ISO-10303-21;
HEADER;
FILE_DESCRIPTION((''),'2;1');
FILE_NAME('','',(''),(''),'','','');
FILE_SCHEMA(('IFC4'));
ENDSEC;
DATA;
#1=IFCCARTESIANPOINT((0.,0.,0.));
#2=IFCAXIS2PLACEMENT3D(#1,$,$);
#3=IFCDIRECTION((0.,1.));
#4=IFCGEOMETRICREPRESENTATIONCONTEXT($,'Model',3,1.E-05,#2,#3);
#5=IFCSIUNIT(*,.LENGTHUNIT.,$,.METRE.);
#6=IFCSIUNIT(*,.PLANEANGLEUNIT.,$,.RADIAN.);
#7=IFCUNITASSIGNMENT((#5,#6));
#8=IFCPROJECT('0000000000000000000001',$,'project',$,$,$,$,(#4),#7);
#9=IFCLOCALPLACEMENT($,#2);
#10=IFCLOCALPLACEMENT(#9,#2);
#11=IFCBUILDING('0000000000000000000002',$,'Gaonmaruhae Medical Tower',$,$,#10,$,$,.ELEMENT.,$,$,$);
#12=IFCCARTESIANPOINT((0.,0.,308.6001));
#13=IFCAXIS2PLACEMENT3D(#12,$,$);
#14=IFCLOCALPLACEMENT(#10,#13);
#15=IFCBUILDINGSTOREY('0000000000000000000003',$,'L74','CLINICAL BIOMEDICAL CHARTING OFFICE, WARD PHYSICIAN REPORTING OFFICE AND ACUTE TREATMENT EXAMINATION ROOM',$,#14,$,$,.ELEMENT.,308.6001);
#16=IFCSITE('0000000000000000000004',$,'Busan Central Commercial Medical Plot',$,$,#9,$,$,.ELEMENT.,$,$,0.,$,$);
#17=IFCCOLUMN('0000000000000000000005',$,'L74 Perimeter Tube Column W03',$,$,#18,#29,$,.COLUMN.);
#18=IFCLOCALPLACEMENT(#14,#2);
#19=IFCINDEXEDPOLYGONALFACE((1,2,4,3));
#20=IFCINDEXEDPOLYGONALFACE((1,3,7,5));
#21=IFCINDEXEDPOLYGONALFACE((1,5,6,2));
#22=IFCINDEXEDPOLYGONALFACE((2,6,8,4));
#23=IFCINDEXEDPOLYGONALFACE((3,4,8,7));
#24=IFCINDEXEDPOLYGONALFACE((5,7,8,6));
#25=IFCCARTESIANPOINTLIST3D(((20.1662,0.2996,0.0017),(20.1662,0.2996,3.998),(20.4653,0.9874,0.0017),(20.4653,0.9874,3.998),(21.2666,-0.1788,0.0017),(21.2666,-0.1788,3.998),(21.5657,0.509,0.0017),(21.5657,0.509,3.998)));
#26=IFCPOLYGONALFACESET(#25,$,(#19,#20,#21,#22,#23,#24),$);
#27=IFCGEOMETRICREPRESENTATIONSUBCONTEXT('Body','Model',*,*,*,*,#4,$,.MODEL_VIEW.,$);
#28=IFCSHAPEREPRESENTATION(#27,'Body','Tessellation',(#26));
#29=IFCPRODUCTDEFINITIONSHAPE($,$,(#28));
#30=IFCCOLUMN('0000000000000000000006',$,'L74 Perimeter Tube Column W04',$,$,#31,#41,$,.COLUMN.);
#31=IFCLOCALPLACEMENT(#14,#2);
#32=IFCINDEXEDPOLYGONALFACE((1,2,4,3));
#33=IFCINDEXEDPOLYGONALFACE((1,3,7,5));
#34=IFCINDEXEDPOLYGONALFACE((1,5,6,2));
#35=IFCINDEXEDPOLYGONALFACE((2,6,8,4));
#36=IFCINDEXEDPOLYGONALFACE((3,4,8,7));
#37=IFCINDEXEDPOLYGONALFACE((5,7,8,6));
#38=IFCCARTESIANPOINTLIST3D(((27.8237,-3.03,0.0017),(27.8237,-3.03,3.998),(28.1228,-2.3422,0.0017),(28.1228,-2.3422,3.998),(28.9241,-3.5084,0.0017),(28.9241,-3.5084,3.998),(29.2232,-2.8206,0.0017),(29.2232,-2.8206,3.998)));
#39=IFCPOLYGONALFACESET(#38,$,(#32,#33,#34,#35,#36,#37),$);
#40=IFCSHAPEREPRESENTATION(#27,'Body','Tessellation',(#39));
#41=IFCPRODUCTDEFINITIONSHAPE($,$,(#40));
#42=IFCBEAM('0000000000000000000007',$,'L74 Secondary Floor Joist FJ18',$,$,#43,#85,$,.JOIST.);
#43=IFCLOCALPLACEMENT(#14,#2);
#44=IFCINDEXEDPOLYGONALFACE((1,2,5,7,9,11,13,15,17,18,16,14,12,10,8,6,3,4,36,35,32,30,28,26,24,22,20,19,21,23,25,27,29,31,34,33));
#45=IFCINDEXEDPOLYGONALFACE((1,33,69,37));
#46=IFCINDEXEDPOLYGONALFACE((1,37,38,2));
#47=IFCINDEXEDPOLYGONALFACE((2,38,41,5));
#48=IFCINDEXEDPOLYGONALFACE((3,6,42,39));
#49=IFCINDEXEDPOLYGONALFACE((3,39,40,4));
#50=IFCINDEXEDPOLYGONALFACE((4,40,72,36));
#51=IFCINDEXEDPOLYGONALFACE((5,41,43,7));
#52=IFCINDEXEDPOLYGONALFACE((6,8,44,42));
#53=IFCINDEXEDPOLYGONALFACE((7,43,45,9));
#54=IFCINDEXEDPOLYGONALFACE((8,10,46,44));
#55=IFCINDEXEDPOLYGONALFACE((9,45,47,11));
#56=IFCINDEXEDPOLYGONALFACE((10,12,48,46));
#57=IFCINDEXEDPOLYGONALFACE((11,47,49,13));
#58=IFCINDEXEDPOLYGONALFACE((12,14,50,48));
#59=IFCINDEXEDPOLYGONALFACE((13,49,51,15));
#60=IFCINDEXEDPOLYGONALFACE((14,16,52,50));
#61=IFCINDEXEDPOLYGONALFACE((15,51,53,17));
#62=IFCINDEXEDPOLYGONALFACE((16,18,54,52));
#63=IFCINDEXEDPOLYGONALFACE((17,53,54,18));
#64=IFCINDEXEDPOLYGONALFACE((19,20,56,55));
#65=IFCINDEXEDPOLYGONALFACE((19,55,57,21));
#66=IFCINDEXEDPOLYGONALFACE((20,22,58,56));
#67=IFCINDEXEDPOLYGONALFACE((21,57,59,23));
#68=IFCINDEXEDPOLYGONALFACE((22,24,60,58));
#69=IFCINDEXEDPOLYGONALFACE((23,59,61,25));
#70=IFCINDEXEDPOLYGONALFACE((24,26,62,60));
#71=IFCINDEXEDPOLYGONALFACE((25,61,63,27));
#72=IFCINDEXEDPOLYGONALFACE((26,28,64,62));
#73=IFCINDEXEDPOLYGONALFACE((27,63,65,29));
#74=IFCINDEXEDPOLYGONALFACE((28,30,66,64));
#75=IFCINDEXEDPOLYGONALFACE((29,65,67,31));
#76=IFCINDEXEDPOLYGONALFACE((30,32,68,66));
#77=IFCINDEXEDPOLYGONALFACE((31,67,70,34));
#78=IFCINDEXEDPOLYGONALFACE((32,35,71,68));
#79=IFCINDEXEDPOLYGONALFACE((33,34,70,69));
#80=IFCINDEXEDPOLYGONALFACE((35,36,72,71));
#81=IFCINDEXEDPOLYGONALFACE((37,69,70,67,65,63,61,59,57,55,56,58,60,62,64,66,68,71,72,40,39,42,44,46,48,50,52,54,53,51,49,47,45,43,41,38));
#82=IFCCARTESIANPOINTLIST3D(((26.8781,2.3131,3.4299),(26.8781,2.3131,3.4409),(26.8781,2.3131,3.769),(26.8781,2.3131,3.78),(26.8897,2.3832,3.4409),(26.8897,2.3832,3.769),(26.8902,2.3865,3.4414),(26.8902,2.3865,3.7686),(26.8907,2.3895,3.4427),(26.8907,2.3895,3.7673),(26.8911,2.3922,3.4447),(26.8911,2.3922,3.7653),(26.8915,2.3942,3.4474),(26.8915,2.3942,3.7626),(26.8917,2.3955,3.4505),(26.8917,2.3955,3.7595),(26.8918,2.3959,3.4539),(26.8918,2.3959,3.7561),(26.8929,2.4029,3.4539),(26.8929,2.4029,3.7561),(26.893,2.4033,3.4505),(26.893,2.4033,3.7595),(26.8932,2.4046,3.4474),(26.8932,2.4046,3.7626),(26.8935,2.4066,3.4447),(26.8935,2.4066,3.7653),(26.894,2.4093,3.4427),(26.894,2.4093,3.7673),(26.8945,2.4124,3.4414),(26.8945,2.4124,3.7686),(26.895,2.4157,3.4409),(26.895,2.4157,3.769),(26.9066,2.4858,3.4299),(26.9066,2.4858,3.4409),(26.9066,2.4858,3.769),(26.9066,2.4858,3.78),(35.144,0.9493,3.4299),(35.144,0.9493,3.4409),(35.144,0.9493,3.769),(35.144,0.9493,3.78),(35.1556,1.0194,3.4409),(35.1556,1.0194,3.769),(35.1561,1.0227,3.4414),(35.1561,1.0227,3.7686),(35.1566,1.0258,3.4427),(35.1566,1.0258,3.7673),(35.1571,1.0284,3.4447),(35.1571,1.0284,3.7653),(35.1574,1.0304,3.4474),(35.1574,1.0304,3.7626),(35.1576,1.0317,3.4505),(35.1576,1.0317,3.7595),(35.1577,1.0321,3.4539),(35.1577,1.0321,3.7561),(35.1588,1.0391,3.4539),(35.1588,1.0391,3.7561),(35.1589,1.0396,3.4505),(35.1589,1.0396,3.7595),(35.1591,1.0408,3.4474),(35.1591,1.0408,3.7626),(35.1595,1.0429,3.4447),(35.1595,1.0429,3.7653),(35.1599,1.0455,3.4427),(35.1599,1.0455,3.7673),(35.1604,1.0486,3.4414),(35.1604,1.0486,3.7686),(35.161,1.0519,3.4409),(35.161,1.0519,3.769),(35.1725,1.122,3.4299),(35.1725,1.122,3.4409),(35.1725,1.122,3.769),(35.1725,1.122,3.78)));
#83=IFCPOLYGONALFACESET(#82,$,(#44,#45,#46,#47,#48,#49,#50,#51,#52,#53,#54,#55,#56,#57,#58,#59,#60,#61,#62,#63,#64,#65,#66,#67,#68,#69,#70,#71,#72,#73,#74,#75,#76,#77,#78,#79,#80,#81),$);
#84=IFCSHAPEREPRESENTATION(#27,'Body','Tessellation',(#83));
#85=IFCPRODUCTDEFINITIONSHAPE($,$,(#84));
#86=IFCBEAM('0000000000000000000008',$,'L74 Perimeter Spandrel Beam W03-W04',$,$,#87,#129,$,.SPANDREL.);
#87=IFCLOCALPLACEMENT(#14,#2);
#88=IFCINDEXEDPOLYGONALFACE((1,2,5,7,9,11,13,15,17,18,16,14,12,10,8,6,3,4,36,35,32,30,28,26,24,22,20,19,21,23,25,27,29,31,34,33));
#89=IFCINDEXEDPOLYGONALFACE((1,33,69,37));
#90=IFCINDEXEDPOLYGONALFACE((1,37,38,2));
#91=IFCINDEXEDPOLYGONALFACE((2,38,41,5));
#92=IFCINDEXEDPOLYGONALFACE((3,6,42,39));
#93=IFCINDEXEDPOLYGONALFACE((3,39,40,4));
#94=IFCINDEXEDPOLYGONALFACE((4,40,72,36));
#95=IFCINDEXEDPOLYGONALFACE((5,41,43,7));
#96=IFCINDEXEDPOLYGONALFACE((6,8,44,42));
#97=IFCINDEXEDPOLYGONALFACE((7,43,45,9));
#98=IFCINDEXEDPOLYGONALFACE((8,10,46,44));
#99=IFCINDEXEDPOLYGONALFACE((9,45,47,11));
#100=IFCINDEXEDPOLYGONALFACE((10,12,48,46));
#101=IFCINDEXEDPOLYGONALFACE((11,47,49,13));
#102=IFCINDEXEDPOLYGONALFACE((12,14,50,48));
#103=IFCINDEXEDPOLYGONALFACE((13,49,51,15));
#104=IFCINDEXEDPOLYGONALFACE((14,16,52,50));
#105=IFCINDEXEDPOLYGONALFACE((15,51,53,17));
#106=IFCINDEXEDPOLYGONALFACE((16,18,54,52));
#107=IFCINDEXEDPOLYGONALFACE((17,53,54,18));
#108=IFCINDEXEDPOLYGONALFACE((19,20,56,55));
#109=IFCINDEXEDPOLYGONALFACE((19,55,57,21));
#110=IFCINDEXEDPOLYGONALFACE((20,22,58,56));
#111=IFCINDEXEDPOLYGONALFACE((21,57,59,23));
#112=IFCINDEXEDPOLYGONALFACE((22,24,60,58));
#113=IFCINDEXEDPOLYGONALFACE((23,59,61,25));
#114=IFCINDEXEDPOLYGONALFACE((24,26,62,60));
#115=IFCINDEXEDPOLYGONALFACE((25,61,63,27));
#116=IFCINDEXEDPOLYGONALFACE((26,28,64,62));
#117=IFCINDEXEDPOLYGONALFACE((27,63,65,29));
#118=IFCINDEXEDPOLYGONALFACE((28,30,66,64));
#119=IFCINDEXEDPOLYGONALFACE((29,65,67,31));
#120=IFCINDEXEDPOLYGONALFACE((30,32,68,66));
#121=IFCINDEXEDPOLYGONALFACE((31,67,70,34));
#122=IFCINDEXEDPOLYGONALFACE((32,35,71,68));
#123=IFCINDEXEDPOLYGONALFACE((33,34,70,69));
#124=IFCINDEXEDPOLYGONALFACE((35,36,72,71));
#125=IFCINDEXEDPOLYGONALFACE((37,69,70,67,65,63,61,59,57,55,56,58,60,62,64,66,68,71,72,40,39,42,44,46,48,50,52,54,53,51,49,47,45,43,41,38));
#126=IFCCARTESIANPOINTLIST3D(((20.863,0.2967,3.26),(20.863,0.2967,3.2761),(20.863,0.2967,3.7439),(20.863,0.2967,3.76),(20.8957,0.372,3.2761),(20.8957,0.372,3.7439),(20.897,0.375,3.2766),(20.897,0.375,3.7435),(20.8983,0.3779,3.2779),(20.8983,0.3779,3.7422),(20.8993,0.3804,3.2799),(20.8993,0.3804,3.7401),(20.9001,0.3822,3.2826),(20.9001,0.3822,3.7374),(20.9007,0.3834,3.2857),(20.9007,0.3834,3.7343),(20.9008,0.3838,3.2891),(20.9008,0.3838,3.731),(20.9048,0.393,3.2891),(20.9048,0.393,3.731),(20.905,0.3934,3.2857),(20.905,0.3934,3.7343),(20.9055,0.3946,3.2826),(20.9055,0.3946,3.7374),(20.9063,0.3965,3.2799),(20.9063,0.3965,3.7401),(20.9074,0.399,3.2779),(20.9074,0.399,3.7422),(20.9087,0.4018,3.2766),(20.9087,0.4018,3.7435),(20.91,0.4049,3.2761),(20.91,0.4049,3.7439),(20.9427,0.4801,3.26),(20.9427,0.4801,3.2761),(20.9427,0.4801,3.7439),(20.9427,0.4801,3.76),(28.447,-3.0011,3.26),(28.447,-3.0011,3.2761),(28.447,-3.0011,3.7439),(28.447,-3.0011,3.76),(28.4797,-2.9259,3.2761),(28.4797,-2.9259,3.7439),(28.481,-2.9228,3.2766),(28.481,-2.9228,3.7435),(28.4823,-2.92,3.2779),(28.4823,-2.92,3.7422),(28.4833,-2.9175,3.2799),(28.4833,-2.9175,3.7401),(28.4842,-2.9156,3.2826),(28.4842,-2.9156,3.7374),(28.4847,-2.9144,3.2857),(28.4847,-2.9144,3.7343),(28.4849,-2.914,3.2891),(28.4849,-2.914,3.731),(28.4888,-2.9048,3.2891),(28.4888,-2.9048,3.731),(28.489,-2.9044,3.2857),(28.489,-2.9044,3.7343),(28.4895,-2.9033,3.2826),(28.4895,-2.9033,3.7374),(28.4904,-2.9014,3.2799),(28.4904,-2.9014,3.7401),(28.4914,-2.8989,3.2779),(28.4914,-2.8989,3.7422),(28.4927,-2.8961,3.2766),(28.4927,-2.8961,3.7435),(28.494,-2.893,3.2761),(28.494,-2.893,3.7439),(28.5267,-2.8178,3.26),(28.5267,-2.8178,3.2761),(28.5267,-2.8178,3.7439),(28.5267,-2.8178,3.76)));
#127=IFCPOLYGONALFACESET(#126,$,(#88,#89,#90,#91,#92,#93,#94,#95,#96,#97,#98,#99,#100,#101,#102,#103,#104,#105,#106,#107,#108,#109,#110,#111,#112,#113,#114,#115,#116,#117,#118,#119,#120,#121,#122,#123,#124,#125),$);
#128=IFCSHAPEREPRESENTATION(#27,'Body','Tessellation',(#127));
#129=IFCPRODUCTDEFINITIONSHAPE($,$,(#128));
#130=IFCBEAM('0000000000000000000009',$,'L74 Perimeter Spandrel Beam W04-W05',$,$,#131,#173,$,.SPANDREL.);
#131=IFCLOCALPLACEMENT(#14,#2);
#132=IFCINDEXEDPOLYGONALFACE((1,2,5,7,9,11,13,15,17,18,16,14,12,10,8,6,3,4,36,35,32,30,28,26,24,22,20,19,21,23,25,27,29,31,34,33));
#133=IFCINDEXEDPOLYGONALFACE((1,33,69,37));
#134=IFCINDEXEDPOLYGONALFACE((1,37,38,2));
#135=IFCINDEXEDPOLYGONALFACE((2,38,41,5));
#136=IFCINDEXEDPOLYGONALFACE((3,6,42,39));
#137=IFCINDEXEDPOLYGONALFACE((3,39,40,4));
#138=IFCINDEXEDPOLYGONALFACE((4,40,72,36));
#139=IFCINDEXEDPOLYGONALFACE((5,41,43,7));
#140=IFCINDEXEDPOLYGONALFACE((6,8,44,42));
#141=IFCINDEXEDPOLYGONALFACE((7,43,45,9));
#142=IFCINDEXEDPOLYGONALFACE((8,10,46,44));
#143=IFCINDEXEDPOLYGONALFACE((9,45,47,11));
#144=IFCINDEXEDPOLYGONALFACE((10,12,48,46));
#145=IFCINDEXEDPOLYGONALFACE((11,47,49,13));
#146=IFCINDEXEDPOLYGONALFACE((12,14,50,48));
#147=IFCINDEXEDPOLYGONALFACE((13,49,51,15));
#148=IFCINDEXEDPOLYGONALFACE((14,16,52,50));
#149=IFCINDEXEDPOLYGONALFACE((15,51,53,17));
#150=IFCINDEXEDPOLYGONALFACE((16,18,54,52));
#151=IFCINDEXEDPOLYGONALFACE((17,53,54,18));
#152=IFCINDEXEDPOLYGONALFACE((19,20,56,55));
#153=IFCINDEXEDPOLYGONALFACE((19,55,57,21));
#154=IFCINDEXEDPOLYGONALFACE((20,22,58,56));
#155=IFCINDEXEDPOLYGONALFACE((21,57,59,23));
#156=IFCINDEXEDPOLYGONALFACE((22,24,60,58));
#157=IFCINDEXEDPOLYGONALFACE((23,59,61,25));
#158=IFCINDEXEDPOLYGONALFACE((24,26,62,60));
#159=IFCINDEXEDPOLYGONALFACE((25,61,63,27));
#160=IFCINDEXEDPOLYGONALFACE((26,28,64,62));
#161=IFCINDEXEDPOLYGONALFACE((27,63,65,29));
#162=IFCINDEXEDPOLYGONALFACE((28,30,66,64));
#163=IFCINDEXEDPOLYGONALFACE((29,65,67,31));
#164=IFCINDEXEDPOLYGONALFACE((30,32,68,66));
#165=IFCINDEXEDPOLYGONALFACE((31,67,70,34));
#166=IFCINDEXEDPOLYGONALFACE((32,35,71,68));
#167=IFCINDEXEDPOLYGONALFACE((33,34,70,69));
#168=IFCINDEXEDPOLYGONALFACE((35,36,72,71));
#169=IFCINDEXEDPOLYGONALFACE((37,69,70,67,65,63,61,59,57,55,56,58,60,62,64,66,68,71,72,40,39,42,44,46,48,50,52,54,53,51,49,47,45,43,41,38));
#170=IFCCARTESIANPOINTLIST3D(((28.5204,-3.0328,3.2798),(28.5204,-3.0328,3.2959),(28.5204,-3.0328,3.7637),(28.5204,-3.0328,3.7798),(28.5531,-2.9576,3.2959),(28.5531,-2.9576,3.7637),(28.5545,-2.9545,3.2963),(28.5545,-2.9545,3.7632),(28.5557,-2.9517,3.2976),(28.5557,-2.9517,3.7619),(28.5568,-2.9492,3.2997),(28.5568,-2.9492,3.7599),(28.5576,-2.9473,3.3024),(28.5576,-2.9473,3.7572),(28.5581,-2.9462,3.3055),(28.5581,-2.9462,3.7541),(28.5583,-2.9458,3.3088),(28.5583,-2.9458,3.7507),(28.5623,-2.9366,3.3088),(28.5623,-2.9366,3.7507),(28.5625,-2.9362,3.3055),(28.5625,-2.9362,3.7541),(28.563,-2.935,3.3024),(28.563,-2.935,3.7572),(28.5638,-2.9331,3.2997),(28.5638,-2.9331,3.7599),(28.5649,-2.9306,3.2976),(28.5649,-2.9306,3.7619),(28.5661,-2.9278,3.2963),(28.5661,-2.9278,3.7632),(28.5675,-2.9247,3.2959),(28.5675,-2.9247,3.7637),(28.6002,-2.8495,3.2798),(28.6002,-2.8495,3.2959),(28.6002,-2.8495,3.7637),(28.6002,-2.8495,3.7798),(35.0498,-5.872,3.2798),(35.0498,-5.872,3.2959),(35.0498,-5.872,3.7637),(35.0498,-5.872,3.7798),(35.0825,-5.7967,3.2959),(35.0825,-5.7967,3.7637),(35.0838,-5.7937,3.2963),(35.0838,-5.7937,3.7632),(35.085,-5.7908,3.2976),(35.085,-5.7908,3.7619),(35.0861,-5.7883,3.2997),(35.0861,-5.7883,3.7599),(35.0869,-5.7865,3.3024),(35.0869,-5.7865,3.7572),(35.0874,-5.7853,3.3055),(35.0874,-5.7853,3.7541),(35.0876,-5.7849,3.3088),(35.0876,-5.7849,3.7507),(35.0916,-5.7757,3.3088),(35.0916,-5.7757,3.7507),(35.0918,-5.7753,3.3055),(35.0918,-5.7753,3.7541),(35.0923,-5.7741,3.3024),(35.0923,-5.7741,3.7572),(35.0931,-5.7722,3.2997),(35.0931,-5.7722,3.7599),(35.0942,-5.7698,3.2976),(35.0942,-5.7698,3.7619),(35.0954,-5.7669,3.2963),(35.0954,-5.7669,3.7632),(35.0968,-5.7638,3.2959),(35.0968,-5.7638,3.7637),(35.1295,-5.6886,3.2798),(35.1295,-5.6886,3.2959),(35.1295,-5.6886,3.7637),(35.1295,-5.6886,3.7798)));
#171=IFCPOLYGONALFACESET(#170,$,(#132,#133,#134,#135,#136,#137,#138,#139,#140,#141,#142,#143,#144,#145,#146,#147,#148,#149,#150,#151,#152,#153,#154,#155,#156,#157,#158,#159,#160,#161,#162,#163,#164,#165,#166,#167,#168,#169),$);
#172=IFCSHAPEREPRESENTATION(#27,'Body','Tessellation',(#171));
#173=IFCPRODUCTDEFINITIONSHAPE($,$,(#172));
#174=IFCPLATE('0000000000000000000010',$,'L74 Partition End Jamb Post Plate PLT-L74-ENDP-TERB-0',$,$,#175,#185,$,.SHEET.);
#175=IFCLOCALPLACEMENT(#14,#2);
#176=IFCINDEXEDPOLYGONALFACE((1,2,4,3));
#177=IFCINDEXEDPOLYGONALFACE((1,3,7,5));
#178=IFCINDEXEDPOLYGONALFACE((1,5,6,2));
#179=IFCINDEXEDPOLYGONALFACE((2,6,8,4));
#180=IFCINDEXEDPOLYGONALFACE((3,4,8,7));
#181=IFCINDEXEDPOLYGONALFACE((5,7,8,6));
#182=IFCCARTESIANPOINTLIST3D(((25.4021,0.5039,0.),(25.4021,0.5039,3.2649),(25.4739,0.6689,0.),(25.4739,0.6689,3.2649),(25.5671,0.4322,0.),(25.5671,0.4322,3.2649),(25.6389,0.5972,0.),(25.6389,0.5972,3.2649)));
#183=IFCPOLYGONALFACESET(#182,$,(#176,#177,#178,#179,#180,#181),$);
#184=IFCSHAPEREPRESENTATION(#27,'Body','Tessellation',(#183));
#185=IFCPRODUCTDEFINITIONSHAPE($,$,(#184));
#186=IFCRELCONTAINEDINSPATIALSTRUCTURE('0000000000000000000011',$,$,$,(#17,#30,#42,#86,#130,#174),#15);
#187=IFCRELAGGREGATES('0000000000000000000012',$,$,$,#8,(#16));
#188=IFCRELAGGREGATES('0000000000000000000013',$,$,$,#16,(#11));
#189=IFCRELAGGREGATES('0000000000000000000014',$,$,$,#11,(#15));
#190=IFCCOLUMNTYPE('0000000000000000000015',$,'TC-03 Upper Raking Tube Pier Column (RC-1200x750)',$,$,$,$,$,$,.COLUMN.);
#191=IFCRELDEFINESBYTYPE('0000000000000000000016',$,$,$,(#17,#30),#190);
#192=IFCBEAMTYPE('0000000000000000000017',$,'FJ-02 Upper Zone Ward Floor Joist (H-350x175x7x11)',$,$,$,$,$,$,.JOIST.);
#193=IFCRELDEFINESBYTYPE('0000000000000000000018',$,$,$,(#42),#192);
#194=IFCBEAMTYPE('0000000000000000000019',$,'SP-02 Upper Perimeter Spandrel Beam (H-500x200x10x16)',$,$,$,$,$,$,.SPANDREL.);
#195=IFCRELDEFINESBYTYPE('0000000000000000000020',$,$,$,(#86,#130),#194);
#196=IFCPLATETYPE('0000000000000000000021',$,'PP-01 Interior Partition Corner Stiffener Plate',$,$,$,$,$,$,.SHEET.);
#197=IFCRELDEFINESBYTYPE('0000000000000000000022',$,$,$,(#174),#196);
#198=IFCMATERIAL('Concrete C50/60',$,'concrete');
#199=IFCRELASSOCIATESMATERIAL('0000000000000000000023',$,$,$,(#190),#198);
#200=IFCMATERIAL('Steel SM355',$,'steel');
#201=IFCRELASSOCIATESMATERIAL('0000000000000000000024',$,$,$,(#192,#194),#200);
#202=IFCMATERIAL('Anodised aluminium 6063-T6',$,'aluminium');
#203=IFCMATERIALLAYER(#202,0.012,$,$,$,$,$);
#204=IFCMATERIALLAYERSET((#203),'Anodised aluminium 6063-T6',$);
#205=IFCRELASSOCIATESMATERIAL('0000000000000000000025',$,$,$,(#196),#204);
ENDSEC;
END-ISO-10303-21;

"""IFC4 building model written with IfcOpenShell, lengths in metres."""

from ifc_helpers import new_model, si_unit, direction, frame, origin, origin_2d, place, context, subcontext, project, spatial, rectangle, i_section, extrude, material, layer, layer_set, material_profile, profile_set, type_object, element, save


model = new_model("IFC4")

# Units and contexts
model_context = context("Model", 3, precision=1e-05, world=origin(), true_north=direction((0.0, 1.0)))
body_context = subcontext(model_context, "Body", "Model", "MODEL_VIEW")
ifc_project = project(units=[si_unit("LENGTHUNIT", "METRE"), si_unit("PLANEANGLEUNIT", "RADIAN")], contexts=[model_context])

# Site, building, storey
site_placement = place(None, origin())
site = spatial("IfcSite", under=ifc_project, at=site_placement, Name="Busan Central Commercial Medical Plot", CompositionType="ELEMENT", RefElevation=0.0)
building_placement = place(site_placement, origin())
building = spatial("IfcBuilding", under=site, at=building_placement, Name="Gaonmaruhae Medical Tower", CompositionType="ELEMENT")
storey_placement = place(building_placement, frame((0.0, 0.0, 308.6001)))
storey = spatial("IfcBuildingStorey", under=building, at=storey_placement, Name="L74", Description="CLINICAL BIOMEDICAL CHARTING OFFICE, WARD PHYSICIAN REPORTING OFFICE AND ACUTE TREATMENT EXAMINATION ROOM", CompositionType="ELEMENT", Elevation=308.6001)

# Columns
ifc_material_1 = material(Name="Concrete C50/60", Category="concrete")
ifc_material_profile_1 = material_profile(ifc_material_1, rectangle(XDim=1.2, YDim=0.75, at=origin_2d()), Name="RC-1200x750")
ifc_profile_set_1 = profile_set([ifc_material_profile_1], Name="Concrete C50/60")
column_type = type_object("IfcColumnType", Name="TC-03 Upper Raking Tube Pier Column (RC-1200x750)", PredefinedType="COLUMN", material=ifc_profile_set_1)
for number, where, z_axis, x_axis, name in (
    (1, (20.866, 0.4043, 0.0017), (0.0, 0.0, 1.0), (-0.91706, 0.398749, 0.0), "L74 Perimeter Tube Column W03"),
    (2, (28.5234, -2.9253, 0.0017), (0.0, 0.0, 1.0), (-0.91706, 0.398749, 0.0), "L74 Perimeter Tube Column W04"),
):
    element("IfcColumn", number, at=place(storey_placement, frame(where, z_axis=z_axis, x_axis=x_axis)), inside=storey, type_object=column_type, Name=name, PredefinedType="COLUMN", context=body_context, shape_type="SweptSolid", body=[
        extrude(rectangle(XDim=1.2, YDim=0.75, at=origin_2d()), origin(), (0.0, 0.0, 1.0), 3.9963),
    ])

# Beams
ifc_material_2 = material(Name="Steel SM355", Category="steel")
ifc_material_profile_2 = material_profile(ifc_material_2, i_section(OverallWidth=0.175, OverallDepth=0.3501, WebThickness=0.0071, FlangeThickness=0.011, FilletRadius=0.0129, at=origin_2d()), Name="H-350x175x7x11")
ifc_profile_set_2 = profile_set([ifc_material_profile_2], Name="Steel SM355")
beam_type_1 = type_object("IfcBeamType", Name="FJ-02 Upper Zone Ward Floor Joist (H-350x175x7x11)", PredefinedType="JOIST", material=ifc_profile_set_2)
beam_1_placement = place(storey_placement, frame((26.8923, 2.3994, 3.605), z_axis=(0.986661, -0.162787, 0.0), x_axis=(0.162787, 0.986661, 0.0)))
element("IfcBeam", 3, at=beam_1_placement, inside=storey, type_object=beam_type_1, Name="L74 Secondary Floor Joist FJ18", PredefinedType="JOIST", context=body_context, shape_type="SweptSolid", body=[
    extrude(i_section(OverallWidth=0.175, OverallDepth=0.3501, WebThickness=0.0071, FlangeThickness=0.011, FilletRadius=0.0129, at=origin_2d()), origin(), (0.0, 0.0, 1.0), 8.3777),
])
ifc_material_profile_3 = material_profile(ifc_material_2, i_section(OverallWidth=0.2, OverallDepth=0.5, WebThickness=0.01, FlangeThickness=0.0161, FilletRadius=0.0129, at=origin_2d()), Name="H-500x200x10x16")
ifc_profile_set_3 = profile_set([ifc_material_profile_3], Name="Steel SM355")
beam_type_2 = type_object("IfcBeamType", Name="SP-02 Upper Perimeter Spandrel Beam (H-500x200x10x16)", PredefinedType="SPANDREL", material=ifc_profile_set_3)
beam_2_placement = place(storey_placement, frame((20.9028, 0.3884, 3.51), z_axis=(0.917049, -0.398774, 0.0), x_axis=(0.398774, 0.917049, 0.0)))
element("IfcBeam", 4, at=beam_2_placement, inside=storey, type_object=beam_type_2, Name="L74 Perimeter Spandrel Beam W03-W04", PredefinedType="SPANDREL", context=body_context, shape_type="SweptSolid", body=[
    extrude(i_section(OverallWidth=0.2, OverallDepth=0.5, WebThickness=0.01, FlangeThickness=0.0161, FilletRadius=0.0129, at=origin_2d()), origin(), (0.0, 0.0, 1.0), 8.27),
])
beam_3_placement = place(storey_placement, frame((28.5603, -2.9412, 3.5298), z_axis=(0.917055, -0.39876, 0.0), x_axis=(0.39876, 0.917055, 0.0)))
element("IfcBeam", 5, at=beam_3_placement, inside=storey, type_object=beam_type_2, Name="L74 Perimeter Spandrel Beam W04-W05", PredefinedType="SPANDREL", context=body_context, shape_type="SweptSolid", body=[
    extrude(i_section(OverallWidth=0.2, OverallDepth=0.5, WebThickness=0.01, FlangeThickness=0.0161, FilletRadius=0.0129, at=origin_2d()), origin(), (0.0, 0.0, 1.0), 7.1199),
])

# Plate
ifc_material_3 = material(Name="Anodised aluminium 6063-T6", Category="aluminium")
ifc_layer_1 = layer(ifc_material_3, 0.012)
ifc_layer_set_1 = layer_set([ifc_layer_1], Name="Anodised aluminium 6063-T6")
plate_type = type_object("IfcPlateType", Name="PP-01 Interior Partition Corner Stiffener Plate", PredefinedType="SHEET", material=ifc_layer_set_1)
plate_1_placement = place(storey_placement, frame((25.5205, 0.5505, 0.0), z_axis=(0.0, 0.0, 1.0), x_axis=(-0.91706, 0.398749, 0.0)))
element("IfcPlate", 6, at=plate_1_placement, inside=storey, type_object=plate_type, Name="L74 Partition End Jamb Post Plate PLT-L74-ENDP-TERB-0", PredefinedType="SHEET", context=body_context, shape_type="SweptSolid", body=[
    extrude(rectangle(XDim=0.1799, YDim=0.1799, at=origin_2d()), origin(), (0.0, 0.0, 1.0), 3.2649),
])

save(model, "model.ifc")
